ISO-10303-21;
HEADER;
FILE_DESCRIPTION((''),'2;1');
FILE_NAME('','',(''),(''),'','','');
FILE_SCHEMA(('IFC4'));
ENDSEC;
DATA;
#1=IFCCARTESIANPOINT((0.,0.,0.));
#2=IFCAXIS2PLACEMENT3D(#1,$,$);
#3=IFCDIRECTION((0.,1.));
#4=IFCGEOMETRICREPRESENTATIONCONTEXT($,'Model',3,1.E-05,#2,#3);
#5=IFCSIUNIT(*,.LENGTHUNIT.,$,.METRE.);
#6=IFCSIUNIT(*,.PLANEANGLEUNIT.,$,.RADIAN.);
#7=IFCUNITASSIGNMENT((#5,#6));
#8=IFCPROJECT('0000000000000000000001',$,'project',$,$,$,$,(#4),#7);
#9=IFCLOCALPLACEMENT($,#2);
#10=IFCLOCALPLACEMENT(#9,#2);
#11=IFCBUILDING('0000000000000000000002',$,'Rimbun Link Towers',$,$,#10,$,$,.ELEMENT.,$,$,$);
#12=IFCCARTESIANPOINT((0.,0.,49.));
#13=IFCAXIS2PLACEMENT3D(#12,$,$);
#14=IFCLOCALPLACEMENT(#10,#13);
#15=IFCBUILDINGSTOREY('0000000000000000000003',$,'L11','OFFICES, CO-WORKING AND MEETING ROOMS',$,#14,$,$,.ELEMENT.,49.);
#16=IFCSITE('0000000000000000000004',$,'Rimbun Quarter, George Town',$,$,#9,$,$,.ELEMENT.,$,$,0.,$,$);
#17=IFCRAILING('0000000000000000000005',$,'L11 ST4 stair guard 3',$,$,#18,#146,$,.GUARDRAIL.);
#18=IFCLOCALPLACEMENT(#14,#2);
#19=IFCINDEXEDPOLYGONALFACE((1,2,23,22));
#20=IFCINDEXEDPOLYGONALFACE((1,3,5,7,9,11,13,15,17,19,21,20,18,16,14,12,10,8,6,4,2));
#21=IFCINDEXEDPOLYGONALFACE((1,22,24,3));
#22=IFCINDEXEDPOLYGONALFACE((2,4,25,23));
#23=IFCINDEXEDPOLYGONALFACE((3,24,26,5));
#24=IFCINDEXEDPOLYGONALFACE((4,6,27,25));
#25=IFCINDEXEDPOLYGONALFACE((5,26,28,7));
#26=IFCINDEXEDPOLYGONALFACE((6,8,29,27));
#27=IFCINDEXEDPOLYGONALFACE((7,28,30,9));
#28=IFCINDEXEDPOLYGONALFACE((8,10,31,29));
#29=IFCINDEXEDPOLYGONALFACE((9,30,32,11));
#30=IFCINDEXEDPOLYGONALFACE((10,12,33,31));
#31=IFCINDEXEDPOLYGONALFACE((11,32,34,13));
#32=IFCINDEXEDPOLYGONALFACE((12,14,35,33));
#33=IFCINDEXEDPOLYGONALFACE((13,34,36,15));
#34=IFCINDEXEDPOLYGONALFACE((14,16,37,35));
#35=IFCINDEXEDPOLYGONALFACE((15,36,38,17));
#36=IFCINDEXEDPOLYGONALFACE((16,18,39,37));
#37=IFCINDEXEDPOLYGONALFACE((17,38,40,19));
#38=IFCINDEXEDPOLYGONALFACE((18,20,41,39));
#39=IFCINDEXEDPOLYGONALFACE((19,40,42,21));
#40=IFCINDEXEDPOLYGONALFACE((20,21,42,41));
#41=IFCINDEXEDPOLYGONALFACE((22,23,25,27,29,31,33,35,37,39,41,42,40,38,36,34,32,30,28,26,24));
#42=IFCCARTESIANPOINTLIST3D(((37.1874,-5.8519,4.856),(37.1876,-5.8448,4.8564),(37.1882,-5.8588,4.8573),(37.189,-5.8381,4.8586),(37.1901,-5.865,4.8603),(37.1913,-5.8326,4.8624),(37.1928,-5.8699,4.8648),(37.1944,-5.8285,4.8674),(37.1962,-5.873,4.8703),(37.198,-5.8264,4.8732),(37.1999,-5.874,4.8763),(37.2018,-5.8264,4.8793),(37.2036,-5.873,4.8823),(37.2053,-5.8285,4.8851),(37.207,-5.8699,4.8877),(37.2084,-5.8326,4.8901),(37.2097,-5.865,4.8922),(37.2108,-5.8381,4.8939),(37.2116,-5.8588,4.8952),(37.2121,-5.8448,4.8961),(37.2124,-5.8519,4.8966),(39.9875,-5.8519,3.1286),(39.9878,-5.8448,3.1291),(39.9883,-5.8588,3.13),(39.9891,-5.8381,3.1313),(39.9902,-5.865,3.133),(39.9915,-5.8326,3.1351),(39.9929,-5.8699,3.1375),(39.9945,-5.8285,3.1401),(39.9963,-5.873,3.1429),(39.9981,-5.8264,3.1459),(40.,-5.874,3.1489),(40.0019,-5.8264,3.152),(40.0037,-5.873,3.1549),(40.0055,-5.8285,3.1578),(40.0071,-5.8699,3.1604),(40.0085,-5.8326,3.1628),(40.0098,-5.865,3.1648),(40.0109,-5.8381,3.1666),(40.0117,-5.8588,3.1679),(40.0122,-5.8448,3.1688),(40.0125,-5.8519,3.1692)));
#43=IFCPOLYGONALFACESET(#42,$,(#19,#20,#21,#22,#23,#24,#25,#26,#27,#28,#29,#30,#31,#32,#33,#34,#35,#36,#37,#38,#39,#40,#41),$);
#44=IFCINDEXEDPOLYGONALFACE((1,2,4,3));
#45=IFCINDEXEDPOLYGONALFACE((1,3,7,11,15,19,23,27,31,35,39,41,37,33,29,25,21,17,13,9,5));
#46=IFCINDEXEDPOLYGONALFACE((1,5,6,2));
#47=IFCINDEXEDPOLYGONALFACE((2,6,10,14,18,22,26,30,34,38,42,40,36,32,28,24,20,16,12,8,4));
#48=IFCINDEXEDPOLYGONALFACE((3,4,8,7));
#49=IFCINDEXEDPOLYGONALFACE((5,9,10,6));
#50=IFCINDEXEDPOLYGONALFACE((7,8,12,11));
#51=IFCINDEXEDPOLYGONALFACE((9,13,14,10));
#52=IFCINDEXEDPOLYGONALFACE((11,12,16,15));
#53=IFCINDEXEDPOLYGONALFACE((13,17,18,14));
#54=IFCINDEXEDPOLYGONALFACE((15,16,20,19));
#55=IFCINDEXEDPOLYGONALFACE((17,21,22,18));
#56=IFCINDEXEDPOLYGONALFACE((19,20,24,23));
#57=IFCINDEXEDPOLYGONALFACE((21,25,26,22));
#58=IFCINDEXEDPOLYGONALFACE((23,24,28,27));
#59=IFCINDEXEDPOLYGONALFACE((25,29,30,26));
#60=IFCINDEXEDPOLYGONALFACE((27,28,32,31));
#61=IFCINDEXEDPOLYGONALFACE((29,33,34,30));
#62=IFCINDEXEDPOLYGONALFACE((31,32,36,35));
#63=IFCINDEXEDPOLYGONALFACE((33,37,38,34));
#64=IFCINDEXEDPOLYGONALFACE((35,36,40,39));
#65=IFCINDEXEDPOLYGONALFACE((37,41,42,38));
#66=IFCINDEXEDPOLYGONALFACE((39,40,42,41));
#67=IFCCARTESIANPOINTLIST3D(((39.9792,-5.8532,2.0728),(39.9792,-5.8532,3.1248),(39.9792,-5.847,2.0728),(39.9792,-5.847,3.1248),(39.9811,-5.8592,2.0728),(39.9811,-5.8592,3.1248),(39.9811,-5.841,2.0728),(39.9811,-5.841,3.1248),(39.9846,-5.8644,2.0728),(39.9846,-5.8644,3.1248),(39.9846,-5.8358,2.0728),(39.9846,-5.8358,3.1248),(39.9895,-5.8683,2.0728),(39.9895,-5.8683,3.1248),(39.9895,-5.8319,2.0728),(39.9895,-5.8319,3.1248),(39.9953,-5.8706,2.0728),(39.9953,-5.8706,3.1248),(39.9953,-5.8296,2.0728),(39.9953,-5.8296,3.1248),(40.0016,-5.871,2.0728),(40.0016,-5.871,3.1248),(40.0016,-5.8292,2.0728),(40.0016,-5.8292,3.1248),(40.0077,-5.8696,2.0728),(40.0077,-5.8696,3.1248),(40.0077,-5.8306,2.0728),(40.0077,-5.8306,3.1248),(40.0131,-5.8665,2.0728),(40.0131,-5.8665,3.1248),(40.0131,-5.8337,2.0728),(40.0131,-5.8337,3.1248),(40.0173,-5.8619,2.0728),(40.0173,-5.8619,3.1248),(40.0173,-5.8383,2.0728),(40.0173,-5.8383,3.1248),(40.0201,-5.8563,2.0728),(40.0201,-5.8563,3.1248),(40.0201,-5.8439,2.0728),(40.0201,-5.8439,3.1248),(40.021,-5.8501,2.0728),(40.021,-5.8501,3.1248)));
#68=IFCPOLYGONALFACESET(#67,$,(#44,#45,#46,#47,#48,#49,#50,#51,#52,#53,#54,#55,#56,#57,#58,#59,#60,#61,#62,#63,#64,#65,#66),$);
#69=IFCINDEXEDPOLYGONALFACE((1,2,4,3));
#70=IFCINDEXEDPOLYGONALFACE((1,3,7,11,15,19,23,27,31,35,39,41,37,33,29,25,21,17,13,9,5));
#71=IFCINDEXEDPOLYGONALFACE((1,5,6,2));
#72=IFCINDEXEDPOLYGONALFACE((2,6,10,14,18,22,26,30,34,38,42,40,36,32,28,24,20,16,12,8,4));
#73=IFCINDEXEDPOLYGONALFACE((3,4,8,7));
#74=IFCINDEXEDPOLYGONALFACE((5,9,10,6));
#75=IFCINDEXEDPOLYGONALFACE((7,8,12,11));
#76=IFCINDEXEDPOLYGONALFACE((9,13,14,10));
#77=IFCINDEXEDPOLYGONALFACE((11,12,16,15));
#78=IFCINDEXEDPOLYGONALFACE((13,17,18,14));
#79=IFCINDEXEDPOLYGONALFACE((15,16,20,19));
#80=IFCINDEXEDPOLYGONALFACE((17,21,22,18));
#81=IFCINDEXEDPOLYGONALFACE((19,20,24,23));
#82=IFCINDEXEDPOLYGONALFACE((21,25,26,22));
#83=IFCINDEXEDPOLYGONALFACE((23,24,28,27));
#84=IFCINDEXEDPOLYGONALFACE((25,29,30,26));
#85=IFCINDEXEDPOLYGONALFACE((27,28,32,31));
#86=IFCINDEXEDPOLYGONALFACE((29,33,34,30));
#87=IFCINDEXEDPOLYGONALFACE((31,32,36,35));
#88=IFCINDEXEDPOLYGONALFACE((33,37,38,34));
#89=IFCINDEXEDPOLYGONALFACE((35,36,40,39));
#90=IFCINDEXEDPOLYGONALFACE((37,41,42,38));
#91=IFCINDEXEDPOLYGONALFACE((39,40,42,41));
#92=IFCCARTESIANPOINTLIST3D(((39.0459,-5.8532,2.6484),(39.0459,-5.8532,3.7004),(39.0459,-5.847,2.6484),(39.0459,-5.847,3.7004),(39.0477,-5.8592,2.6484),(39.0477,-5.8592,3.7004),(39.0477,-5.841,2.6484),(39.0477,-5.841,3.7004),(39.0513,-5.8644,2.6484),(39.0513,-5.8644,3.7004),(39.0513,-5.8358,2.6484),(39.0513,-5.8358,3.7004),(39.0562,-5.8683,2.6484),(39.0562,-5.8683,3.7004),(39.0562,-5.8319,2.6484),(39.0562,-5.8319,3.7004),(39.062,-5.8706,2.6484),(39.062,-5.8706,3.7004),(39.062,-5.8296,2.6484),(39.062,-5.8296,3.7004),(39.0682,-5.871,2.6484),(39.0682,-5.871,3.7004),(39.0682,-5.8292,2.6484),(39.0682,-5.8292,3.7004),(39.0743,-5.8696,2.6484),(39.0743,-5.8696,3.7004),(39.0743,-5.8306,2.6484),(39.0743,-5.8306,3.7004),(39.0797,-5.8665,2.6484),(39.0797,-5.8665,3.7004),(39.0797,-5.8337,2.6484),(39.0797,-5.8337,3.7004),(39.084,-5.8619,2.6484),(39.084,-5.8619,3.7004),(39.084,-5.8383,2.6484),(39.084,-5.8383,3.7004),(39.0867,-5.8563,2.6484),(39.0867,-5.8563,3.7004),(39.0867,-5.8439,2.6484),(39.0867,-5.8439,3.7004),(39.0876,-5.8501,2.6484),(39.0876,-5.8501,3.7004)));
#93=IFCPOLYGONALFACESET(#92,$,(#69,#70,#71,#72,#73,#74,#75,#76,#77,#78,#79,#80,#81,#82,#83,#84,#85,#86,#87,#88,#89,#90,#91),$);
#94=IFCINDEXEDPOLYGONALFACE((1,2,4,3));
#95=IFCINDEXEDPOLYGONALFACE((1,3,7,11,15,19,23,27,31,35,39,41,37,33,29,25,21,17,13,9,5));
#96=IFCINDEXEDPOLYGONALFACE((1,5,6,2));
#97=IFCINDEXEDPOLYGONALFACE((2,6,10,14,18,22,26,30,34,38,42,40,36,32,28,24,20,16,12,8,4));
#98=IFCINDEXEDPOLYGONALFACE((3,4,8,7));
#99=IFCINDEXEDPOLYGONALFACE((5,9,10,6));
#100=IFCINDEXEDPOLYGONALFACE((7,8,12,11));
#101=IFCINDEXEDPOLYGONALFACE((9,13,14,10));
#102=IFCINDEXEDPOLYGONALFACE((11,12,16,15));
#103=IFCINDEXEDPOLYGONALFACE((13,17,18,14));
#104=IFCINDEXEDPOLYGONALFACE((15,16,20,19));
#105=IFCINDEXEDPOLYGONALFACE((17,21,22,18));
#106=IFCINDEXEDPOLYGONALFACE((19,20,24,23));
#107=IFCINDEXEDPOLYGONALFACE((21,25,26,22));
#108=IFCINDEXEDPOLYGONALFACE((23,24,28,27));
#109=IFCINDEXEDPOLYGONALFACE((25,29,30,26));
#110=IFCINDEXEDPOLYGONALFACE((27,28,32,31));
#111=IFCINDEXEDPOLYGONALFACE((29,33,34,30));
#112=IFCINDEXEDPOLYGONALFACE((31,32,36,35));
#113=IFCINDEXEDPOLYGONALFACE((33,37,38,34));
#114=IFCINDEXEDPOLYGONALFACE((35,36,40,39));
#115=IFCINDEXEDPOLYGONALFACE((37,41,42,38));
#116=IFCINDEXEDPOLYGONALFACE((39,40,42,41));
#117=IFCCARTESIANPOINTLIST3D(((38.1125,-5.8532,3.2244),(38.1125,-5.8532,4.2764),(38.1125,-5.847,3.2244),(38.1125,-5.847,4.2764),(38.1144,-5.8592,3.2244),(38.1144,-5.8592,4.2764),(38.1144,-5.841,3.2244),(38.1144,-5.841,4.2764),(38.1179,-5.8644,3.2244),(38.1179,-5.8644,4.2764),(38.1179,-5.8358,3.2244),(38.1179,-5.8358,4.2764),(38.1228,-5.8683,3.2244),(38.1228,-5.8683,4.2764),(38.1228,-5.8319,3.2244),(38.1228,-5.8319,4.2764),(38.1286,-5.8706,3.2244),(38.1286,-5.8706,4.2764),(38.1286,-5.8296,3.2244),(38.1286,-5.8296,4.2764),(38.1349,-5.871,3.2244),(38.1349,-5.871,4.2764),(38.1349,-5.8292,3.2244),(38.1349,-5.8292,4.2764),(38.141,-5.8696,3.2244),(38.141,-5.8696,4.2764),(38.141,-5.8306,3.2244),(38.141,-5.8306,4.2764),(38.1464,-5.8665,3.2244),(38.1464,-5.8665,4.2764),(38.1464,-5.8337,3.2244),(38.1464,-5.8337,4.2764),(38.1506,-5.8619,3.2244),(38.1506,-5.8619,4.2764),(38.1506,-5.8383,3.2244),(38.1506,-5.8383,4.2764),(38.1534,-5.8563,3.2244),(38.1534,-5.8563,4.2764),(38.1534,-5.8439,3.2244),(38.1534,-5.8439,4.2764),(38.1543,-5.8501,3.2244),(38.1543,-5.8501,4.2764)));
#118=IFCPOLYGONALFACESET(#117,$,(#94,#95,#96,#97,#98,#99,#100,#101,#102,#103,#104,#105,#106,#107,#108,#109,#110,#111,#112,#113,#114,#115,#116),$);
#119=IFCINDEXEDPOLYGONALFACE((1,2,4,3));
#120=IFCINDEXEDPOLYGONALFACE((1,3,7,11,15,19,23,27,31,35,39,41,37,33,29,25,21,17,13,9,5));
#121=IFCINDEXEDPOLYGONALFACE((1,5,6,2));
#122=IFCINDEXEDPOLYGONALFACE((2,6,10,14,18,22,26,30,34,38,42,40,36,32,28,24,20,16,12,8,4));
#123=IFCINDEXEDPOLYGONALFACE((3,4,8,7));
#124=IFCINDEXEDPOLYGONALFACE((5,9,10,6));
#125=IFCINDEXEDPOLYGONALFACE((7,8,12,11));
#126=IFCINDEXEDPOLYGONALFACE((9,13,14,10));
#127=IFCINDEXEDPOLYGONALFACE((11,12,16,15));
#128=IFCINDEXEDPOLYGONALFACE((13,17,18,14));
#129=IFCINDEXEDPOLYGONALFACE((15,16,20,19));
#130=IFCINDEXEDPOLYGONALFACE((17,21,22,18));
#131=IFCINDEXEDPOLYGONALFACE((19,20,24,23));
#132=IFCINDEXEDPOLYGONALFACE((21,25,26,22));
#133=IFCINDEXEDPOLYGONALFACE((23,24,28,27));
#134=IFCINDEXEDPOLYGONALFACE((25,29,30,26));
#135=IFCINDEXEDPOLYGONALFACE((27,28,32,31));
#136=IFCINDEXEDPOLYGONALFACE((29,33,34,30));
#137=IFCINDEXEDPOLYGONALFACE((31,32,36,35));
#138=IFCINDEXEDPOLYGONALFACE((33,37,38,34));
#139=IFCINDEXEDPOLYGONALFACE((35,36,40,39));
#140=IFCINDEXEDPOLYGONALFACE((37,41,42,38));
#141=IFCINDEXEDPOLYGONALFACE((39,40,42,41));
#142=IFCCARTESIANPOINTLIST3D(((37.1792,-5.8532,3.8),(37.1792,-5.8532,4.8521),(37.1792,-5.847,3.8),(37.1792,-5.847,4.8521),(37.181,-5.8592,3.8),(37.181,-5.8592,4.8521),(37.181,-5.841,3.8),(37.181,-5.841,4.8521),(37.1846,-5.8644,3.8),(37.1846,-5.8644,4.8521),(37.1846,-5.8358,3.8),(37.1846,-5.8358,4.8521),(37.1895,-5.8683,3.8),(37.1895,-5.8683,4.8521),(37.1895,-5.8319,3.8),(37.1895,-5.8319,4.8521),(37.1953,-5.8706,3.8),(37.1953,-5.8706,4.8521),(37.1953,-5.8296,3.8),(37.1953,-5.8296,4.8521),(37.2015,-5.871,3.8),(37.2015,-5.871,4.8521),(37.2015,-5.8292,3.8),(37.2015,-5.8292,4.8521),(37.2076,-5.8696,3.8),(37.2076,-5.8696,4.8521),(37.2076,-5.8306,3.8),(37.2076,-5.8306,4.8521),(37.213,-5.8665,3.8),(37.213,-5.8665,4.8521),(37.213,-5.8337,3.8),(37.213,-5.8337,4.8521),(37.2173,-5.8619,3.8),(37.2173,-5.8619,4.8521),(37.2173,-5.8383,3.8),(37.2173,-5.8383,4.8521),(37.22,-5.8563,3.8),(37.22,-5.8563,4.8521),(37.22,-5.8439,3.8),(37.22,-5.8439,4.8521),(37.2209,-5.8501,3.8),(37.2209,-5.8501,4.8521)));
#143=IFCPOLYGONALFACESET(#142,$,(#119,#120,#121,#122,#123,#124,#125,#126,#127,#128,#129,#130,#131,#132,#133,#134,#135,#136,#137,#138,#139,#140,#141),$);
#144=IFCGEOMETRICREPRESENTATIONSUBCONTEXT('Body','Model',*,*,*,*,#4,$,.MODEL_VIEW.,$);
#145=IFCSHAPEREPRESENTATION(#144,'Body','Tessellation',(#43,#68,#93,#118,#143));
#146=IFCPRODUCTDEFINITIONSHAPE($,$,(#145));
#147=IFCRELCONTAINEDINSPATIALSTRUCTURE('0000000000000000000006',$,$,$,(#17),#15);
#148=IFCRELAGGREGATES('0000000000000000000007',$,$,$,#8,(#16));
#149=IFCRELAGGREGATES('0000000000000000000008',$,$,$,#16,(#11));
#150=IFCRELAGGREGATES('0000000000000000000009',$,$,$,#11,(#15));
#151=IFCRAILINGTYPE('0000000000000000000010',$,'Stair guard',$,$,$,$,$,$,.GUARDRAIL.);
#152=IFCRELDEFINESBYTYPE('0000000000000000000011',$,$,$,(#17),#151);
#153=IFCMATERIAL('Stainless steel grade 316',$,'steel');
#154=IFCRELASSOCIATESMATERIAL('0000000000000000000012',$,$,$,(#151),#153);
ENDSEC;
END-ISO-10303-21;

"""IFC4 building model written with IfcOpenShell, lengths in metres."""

from ifc_helpers import new_model, si_unit, direction, frame, origin, origin_2d, place, context, subcontext, project, spatial, circle, extrude, material, type_object, element, save


model = new_model("IFC4")

# Units and contexts
model_context = context("Model", 3, precision=1e-05, world=origin(), true_north=direction((0.0, 1.0)))
body_context = subcontext(model_context, "Body", "Model", "MODEL_VIEW")
ifc_project = project(units=[si_unit("LENGTHUNIT", "METRE"), si_unit("PLANEANGLEUNIT", "RADIAN")], contexts=[model_context])

# Site, building, storey
site_placement = place(None, origin())
site = spatial("IfcSite", under=ifc_project, at=site_placement, Name="Rimbun Quarter, George Town", CompositionType="ELEMENT", RefElevation=0.0)
building_placement = place(site_placement, origin())
building = spatial("IfcBuilding", under=site, at=building_placement, Name="Rimbun Link Towers", CompositionType="ELEMENT")
storey_placement = place(building_placement, frame((0.0, 0.0, 49.0)))
storey = spatial("IfcBuildingStorey", under=building, at=storey_placement, Name="L11", Description="OFFICES, CO-WORKING AND MEETING ROOMS", CompositionType="ELEMENT", Elevation=49.0)

# Railing
ifc_material_1 = material(Name="Stainless steel grade 316", Category="steel")
railing_type_1 = type_object("IfcRailingType", Name="Stair guard", PredefinedType="GUARDRAIL", material=ifc_material_1)
railing_1_placement = place(storey_placement, frame((40.0, -5.8501, 2.0728)))
element("IfcRailing", 1, at=railing_1_placement, inside=storey, type_object=railing_type_1, Name="L11 ST4 stair guard 3", PredefinedType="GUARDRAIL", context=body_context, shape_type="SweptSolid", body=[
    extrude(circle(Radius=0.0239, at=origin_2d()), frame((0.0, 0.0, 1.0762), z_axis=(-0.85109, 0.0, 0.52502), x_axis=(0.0, -1.0, 0.0)), (0.0, 0.0, 1.0), 3.29),
    extrude(circle(Radius=0.021, at=origin_2d()), origin(), (0.0, 0.0, 1.0), 1.052),
    extrude(circle(Radius=0.021, at=origin_2d()), frame((-0.9333, 0.0, 0.5757)), (0.0, 0.0, 1.0), 1.052),
    extrude(circle(Radius=0.021, at=origin_2d()), frame((-1.8667, 0.0, 1.1516)), (0.0, 0.0, 1.0), 1.052),
    extrude(circle(Radius=0.021, at=origin_2d()), frame((-2.8, 0.0, 1.7273)), (0.0, 0.0, 1.0), 1.052),
])

save(model, "model.ifc")
